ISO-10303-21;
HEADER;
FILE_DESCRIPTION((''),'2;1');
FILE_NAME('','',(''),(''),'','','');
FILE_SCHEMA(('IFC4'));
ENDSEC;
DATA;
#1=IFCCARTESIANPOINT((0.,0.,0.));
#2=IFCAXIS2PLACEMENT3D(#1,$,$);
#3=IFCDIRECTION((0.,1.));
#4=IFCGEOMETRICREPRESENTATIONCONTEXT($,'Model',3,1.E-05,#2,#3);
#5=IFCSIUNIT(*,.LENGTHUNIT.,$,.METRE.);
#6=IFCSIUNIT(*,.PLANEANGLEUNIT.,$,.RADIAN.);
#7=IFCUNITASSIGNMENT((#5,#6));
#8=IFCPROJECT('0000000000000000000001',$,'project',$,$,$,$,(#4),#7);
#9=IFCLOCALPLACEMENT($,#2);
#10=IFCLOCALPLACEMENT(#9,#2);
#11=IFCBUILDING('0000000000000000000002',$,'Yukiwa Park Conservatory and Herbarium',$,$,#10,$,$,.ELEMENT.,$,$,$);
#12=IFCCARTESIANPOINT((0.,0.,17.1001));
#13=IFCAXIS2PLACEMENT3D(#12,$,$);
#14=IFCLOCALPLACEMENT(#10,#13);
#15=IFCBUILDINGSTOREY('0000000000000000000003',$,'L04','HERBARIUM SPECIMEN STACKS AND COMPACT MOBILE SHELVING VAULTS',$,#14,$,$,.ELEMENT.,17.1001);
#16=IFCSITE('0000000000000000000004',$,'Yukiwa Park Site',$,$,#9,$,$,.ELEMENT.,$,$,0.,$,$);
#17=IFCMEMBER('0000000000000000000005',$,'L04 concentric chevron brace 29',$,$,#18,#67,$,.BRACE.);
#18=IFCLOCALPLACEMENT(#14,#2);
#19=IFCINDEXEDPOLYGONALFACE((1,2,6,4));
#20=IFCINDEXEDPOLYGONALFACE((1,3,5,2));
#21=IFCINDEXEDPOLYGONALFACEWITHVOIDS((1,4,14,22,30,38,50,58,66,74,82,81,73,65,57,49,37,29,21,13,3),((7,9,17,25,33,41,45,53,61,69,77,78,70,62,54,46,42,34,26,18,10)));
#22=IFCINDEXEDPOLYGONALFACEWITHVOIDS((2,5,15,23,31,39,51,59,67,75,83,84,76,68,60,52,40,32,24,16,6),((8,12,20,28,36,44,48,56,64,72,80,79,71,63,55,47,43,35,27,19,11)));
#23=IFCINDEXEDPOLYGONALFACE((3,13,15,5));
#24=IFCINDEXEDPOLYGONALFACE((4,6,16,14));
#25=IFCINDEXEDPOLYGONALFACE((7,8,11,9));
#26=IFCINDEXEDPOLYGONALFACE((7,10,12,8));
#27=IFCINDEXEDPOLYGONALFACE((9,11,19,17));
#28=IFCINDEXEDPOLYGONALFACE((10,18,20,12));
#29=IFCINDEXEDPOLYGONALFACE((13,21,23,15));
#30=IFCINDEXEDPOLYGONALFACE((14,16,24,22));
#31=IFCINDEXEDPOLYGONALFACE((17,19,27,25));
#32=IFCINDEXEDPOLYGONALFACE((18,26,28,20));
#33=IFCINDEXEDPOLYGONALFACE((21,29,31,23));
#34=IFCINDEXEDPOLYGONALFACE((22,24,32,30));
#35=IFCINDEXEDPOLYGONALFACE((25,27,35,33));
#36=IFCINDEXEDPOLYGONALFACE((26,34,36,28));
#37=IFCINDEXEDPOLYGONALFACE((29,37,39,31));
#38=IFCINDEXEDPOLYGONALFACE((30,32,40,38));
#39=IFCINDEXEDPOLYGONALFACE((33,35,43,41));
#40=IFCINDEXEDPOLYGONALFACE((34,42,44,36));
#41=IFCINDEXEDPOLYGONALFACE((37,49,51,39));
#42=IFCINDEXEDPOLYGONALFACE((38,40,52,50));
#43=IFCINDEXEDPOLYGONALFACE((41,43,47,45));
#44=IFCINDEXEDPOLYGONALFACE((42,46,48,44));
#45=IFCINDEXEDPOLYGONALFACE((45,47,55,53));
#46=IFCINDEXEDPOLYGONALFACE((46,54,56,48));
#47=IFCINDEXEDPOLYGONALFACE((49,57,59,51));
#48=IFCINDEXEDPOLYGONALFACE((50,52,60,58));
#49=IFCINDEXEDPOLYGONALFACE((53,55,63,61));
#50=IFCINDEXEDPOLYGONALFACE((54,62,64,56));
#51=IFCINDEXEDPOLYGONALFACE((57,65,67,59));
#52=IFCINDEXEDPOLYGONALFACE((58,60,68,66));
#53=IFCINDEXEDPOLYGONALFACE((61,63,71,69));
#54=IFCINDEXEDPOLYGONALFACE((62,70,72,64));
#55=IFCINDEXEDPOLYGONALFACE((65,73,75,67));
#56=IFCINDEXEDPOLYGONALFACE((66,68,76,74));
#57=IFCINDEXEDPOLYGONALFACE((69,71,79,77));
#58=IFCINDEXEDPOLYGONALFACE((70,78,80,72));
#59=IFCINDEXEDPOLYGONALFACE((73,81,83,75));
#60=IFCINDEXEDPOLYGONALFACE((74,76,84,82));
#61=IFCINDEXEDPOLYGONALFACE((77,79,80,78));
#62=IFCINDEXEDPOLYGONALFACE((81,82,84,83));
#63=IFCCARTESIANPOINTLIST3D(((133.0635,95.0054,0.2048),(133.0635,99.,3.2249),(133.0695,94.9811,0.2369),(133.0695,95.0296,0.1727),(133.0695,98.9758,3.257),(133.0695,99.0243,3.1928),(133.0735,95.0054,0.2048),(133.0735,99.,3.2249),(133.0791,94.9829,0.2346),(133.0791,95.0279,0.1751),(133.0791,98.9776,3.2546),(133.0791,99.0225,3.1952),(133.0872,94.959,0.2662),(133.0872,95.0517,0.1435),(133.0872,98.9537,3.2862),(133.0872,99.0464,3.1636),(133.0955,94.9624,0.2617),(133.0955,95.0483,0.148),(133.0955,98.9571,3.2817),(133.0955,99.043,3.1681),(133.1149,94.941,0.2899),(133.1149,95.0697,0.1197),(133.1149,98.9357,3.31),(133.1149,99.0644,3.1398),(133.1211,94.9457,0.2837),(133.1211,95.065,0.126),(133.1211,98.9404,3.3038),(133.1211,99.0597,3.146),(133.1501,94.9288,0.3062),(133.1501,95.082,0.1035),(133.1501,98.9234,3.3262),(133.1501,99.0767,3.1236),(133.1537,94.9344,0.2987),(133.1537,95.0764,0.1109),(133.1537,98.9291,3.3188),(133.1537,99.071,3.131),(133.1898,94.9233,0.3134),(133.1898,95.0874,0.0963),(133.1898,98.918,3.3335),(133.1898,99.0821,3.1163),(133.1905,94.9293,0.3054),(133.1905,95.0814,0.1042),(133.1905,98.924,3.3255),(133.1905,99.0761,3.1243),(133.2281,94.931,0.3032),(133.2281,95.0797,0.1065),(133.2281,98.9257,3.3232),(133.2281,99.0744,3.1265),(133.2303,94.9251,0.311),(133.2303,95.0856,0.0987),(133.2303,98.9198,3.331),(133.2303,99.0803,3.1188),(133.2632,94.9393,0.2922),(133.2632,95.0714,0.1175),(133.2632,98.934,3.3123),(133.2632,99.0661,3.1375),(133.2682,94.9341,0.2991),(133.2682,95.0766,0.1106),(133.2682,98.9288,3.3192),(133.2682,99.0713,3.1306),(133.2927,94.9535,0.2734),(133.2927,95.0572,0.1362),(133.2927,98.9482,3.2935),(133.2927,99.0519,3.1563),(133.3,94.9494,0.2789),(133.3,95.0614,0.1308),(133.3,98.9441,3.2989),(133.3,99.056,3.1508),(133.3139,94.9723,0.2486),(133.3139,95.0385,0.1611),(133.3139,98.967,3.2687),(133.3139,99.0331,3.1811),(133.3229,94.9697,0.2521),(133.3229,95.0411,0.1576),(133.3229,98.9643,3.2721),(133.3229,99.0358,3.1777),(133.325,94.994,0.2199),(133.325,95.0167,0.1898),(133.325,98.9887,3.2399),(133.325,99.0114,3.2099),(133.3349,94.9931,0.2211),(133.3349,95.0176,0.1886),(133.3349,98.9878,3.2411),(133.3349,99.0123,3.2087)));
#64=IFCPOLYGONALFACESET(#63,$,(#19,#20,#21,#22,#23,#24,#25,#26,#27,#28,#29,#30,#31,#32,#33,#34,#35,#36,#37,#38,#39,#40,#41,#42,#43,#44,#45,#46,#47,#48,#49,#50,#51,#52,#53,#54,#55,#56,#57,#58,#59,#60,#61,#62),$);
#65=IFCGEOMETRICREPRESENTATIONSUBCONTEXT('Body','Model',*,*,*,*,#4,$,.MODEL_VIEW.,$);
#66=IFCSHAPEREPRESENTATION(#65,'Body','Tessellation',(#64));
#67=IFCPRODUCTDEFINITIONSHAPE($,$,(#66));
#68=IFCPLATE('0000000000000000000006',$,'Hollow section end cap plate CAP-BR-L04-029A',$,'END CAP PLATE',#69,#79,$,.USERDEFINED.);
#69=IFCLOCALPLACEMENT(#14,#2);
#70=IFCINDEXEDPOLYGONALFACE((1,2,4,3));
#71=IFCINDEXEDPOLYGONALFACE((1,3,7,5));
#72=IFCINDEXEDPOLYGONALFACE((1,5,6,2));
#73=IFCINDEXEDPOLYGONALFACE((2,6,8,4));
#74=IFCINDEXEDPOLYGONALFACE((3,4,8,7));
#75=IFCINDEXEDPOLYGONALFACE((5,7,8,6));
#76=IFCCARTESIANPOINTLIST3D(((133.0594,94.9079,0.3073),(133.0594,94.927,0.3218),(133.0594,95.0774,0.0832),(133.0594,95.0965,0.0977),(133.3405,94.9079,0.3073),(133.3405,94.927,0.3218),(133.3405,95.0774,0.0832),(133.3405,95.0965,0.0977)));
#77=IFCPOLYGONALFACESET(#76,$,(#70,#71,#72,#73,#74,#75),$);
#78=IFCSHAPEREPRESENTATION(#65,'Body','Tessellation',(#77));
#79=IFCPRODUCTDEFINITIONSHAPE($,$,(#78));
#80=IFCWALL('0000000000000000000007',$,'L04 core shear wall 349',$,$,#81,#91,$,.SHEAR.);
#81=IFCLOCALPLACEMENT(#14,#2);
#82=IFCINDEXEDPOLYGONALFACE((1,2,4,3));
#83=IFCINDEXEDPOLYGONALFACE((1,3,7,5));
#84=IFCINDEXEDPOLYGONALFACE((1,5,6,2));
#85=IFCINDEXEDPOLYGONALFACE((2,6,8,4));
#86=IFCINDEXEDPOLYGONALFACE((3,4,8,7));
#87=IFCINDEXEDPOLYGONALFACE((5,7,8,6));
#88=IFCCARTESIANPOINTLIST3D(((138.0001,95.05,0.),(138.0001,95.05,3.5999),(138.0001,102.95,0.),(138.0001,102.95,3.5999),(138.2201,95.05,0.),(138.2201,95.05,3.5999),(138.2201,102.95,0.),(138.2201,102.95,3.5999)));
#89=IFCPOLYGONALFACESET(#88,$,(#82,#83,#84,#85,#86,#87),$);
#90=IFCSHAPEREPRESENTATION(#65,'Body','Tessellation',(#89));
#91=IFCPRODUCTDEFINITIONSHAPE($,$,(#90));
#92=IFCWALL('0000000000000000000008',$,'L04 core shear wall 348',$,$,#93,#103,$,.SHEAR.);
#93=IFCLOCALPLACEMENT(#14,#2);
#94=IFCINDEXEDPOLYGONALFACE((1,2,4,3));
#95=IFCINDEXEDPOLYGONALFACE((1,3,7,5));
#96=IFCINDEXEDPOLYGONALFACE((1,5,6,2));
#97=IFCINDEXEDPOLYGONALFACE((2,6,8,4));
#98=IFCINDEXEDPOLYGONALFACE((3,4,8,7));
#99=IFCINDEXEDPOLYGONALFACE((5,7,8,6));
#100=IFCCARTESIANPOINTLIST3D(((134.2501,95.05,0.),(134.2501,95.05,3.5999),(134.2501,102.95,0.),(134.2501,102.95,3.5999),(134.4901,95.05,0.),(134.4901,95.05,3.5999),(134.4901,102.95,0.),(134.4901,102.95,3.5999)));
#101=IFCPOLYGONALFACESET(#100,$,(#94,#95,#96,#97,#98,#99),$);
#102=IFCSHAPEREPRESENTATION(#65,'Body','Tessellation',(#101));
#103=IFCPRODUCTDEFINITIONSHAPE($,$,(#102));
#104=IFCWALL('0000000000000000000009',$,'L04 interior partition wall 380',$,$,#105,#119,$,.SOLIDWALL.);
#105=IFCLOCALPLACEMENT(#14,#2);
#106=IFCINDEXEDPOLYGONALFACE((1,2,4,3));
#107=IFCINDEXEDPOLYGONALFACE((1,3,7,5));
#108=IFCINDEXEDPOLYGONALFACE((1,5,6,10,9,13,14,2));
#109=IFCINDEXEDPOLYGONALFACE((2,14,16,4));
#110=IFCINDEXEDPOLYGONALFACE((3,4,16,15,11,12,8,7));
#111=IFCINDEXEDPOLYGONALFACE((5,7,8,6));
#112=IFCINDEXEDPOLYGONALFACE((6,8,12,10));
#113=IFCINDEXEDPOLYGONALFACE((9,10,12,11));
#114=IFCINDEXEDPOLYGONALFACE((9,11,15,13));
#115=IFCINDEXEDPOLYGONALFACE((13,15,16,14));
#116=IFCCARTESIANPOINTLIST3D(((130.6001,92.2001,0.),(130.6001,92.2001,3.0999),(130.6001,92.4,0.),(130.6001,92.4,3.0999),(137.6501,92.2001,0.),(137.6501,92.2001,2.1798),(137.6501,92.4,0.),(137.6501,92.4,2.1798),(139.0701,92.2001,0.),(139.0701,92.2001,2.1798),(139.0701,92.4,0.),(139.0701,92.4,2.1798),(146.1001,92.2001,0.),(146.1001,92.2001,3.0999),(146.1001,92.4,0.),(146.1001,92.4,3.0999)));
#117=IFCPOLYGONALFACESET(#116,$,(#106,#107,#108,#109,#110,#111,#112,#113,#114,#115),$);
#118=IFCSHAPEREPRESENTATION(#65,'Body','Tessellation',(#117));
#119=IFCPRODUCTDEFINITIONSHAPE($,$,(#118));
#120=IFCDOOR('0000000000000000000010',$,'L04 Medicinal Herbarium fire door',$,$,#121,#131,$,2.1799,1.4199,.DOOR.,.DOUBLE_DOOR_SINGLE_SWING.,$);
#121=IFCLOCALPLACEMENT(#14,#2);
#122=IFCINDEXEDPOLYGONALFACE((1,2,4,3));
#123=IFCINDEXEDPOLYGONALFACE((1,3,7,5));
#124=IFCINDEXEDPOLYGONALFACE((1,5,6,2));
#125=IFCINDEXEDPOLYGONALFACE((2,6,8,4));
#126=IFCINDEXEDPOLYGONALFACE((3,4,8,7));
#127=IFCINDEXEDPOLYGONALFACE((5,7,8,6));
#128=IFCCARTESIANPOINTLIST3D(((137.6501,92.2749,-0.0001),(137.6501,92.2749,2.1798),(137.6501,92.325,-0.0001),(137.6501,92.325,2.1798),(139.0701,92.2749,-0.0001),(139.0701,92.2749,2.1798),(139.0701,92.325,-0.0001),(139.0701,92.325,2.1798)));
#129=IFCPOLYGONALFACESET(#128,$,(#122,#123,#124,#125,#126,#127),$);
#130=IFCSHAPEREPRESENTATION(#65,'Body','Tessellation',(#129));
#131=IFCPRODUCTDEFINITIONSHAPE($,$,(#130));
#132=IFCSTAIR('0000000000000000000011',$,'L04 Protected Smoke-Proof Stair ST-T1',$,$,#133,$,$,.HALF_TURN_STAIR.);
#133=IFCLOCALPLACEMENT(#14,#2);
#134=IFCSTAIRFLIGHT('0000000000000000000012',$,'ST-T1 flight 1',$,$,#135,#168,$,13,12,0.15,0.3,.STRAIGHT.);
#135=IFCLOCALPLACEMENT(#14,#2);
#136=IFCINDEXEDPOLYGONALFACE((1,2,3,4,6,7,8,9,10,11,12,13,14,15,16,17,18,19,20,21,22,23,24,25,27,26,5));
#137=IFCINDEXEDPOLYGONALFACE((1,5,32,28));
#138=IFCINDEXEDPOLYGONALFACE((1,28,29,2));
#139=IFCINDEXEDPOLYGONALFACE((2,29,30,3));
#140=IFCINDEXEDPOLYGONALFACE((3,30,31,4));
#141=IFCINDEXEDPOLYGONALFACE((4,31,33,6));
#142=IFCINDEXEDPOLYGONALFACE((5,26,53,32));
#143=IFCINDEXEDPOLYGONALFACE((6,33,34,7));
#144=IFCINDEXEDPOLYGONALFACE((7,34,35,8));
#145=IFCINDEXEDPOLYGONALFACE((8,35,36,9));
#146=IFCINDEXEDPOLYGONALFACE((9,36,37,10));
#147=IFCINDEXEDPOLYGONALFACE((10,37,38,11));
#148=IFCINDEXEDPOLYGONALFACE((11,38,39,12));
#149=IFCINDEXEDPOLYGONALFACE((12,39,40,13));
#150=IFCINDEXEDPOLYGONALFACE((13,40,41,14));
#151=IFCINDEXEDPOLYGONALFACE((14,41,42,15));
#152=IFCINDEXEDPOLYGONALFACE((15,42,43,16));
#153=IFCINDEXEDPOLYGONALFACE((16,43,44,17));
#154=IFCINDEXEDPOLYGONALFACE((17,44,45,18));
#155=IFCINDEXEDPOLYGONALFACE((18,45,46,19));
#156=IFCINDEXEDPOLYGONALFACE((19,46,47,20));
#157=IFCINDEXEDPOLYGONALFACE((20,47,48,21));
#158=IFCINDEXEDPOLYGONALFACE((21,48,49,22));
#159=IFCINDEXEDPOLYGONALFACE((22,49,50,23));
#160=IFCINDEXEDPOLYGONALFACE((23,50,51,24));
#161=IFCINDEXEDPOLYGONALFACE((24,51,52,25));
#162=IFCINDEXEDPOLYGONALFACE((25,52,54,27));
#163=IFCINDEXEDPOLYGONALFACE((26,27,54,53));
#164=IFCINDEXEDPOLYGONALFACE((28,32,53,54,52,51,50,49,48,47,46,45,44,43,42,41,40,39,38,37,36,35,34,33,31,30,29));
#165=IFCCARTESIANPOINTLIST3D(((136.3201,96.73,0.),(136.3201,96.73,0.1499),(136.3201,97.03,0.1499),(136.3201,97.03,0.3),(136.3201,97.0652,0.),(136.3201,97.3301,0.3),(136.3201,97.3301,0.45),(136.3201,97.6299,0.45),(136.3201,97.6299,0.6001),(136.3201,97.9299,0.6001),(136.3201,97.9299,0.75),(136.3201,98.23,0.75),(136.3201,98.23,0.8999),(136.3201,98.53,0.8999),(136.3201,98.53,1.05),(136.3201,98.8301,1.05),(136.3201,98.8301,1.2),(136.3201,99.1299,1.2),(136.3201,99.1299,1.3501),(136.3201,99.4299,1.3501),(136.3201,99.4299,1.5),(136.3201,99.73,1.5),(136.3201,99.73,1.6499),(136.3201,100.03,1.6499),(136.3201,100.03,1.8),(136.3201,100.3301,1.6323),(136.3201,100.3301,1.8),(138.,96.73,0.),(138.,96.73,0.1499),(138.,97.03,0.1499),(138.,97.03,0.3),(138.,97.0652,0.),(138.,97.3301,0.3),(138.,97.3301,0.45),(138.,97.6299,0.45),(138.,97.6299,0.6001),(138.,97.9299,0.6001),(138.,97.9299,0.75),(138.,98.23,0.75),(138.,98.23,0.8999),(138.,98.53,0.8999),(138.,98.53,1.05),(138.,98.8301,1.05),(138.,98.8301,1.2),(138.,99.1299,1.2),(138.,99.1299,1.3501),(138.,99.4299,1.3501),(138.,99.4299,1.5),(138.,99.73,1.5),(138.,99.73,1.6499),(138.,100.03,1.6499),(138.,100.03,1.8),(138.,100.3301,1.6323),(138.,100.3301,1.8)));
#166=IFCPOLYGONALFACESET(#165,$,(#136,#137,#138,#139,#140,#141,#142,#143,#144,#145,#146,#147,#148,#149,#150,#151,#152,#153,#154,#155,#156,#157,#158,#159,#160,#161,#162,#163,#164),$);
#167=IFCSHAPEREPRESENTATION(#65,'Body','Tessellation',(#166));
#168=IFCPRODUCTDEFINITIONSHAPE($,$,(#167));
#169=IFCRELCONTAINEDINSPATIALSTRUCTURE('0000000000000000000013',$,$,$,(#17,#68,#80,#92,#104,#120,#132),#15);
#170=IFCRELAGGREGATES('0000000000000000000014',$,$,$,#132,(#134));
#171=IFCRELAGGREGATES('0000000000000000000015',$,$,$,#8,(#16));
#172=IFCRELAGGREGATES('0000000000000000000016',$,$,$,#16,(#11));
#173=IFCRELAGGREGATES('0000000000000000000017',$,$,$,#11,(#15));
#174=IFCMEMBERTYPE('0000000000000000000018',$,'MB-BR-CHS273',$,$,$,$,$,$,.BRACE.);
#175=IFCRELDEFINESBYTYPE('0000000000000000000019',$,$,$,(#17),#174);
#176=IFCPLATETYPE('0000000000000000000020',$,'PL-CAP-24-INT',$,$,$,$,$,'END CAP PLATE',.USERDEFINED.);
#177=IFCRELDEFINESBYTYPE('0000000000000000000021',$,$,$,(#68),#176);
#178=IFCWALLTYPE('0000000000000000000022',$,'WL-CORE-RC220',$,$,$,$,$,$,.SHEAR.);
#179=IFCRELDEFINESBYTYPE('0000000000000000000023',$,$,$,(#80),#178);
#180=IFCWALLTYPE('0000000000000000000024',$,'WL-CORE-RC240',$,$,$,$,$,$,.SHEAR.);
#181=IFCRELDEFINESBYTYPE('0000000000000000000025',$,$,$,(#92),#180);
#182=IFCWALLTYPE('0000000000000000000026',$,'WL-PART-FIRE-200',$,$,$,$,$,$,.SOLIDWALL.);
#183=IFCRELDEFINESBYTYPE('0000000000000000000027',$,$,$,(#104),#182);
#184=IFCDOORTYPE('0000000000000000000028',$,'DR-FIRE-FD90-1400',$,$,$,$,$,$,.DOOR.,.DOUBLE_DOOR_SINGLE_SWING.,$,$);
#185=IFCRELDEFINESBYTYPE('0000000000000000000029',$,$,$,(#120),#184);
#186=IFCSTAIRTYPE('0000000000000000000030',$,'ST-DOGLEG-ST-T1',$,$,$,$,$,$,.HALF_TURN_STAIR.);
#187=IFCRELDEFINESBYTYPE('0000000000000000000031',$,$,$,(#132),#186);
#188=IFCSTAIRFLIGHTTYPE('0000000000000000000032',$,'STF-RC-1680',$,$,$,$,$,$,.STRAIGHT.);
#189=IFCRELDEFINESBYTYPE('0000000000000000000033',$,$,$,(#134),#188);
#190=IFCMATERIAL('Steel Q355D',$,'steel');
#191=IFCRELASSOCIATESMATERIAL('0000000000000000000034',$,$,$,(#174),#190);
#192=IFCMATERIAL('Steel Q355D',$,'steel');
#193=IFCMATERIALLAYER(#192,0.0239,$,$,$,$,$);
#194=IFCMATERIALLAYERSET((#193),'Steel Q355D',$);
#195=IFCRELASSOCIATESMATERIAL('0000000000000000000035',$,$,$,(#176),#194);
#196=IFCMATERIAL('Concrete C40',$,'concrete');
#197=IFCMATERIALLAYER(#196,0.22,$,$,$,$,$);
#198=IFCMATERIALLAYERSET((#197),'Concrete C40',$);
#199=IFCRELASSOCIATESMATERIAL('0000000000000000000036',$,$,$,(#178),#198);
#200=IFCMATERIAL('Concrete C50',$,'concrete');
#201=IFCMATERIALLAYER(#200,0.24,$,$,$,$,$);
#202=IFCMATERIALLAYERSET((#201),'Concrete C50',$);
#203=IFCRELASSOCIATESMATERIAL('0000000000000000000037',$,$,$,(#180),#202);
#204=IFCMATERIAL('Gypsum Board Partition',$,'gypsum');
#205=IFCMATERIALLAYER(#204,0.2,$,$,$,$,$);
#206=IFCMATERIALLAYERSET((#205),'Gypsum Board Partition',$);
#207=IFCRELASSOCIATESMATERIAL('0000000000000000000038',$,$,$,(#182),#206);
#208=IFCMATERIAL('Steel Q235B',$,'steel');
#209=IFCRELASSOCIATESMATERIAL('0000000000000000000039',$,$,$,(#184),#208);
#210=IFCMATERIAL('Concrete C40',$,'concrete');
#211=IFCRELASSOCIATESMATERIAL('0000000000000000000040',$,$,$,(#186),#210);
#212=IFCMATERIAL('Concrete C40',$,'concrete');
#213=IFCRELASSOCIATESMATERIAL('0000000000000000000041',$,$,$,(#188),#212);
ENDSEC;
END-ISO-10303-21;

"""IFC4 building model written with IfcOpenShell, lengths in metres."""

from ifc_helpers import new_model, si_unit, direction, frame, frame_2d, origin, origin_2d, place, context, subcontext, project, spatial, polyline, rectangle, hollow_circle, outline, extrude, material, layer, layer_set, material_profile, profile_set, type_object, element, fill, aggregate, save


model = new_model("IFC4")

# Units and contexts
model_context = context("Model", 3, precision=1e-05, world=origin(), true_north=direction((0.0, 1.0)))
body_context = subcontext(model_context, "Body", "Model", "MODEL_VIEW")
ifc_project = project(units=[si_unit("LENGTHUNIT", "METRE"), si_unit("PLANEANGLEUNIT", "RADIAN")], contexts=[model_context])

# Site, building, storey
site_placement = place(None, origin())
site = spatial("IfcSite", under=ifc_project, at=site_placement, Name="Yukiwa Park Site", CompositionType="ELEMENT", RefElevation=0.0)
building_placement = place(site_placement, origin())
building = spatial("IfcBuilding", under=site, at=building_placement, Name="Yukiwa Park Conservatory and Herbarium", CompositionType="ELEMENT")
storey_placement = place(building_placement, frame((0.0, 0.0, 17.1001)))
storey = spatial("IfcBuildingStorey", under=building, at=storey_placement, Name="L04", Description="HERBARIUM SPECIMEN STACKS AND COMPACT MOBILE SHELVING VAULTS", CompositionType="ELEMENT", Elevation=17.1001)

# Member
ifc_material_1 = material(Name="Steel Q355D", Category="steel")
ifc_material_profile_1 = material_profile(ifc_material_1, hollow_circle(Radius=0.1365, WallThickness=0.01, at=origin_2d()), Name="CHS 273x10")
ifc_profile_set_1 = profile_set([ifc_material_profile_1], Name="Steel Q355D")
member_type = type_object("IfcMemberType", Name="MB-BR-CHS273", PredefinedType="BRACE", material=ifc_profile_set_1)
member_placement = place(storey_placement, frame((133.2, 95.0054, 0.2048), z_axis=(0.0, 0.797689, 0.603069), x_axis=(-1.0, 0.0, 0.0)))
element("IfcMember", 1, at=member_placement, inside=storey, type_object=member_type, Name="L04 concentric chevron brace 29", PredefinedType="BRACE", context=body_context, shape_type="SweptSolid", body=[
    extrude(hollow_circle(Radius=0.1365, WallThickness=0.01, at=origin_2d()), origin(), (0.0, 0.0, 1.0), 5.0078),
])

# Plate
ifc_material_2 = material(Name="Steel Q355D", Category="steel")
ifc_layer_1 = layer(ifc_material_2, 0.0239)
ifc_layer_set_1 = layer_set([ifc_layer_1], Name="Steel Q355D")
plate_type = type_object("IfcPlateType", Name="PL-CAP-24-INT", ElementType="END CAP PLATE", PredefinedType="USERDEFINED", material=ifc_layer_set_1)
plate_placement = place(storey_placement, frame((133.2, 95.0117, 0.2097), z_axis=(0.0, -0.797539, -0.603267), x_axis=(1.0, 0.0, 0.0)))
element("IfcPlate", 2, at=plate_placement, inside=storey, type_object=plate_type, Name="Hollow section end cap plate CAP-BR-L04-029A", ObjectType="END CAP PLATE", PredefinedType="USERDEFINED", context=body_context, shape_type="SweptSolid", body=[
    extrude(rectangle(XDim=0.281, YDim=0.281, at=origin_2d()), origin(), (0.0, 0.0, 1.0), 0.0239),
])

# Wall
ifc_material_3 = material(Name="Concrete C40", Category="concrete")
ifc_layer_2 = layer(ifc_material_3, 0.22)
ifc_layer_set_2 = layer_set([ifc_layer_2], Name="Concrete C40")
wall_type_1 = type_object("IfcWallType", Name="WL-CORE-RC220", PredefinedType="SHEAR", material=ifc_layer_set_2)
wall_1_placement = place(storey_placement, frame((138.1101, 95.05, 0.0), z_axis=(0.0, 0.0, 1.0), x_axis=(0.0, 1.0, 0.0)))
element("IfcWall", 3, at=wall_1_placement, inside=storey, type_object=wall_type_1, Name="L04 core shear wall 349", PredefinedType="SHEAR", context=body_context, shape_type="SweptSolid", body=[
    extrude(rectangle(XDim=7.8999, YDim=0.22, at=frame_2d((3.95, 0.0))), origin(), (0.0, 0.0, 1.0), 3.5999),
])

# Shared definitions
ifc_material_4 = material(Name="Concrete C50", Category="concrete")
ifc_layer_3 = layer(ifc_material_4, 0.24)
ifc_layer_set_3 = layer_set([ifc_layer_3], Name="Concrete C50")
wall_type_2 = type_object("IfcWallType", Name="WL-CORE-RC240", PredefinedType="SHEAR", material=ifc_layer_set_3)

# Wall
wall_2_placement = place(storey_placement, frame((134.3701, 95.05, 0.0), z_axis=(0.0, 0.0, 1.0), x_axis=(0.0, 1.0, 0.0)))
element("IfcWall", 4, at=wall_2_placement, inside=storey, type_object=wall_type_2, Name="L04 core shear wall 348", PredefinedType="SHEAR", context=body_context, shape_type="SweptSolid", body=[
    extrude(rectangle(XDim=7.8999, YDim=0.24, at=frame_2d((3.95, 0.0))), origin(), (0.0, 0.0, 1.0), 3.5999),
])

# Wall, opening, door
ifc_material_5 = material(Name="Gypsum Board Partition", Category="gypsum")
ifc_layer_4 = layer(ifc_material_5, 0.2)
ifc_layer_set_4 = layer_set([ifc_layer_4], Name="Gypsum Board Partition")
wall_type_3 = type_object("IfcWallType", Name="WL-PART-FIRE-200", PredefinedType="SOLIDWALL", material=ifc_layer_set_4)
wall_3_placement = place(storey_placement, frame((130.6001, 92.3, 0.0), z_axis=(0.0, 0.0, 1.0), x_axis=(1.0, 0.0, 0.0)))
wall_3 = element("IfcWall", 5, at=wall_3_placement, inside=storey, type_object=wall_type_3, Name="L04 interior partition wall 380", PredefinedType="SOLIDWALL", context=body_context, shape_type="SweptSolid", body=[
    extrude(rectangle(XDim=15.5, YDim=0.2, at=frame_2d((7.75, 0.0))), origin(), (0.0, 0.0, 1.0), 3.0999),
])
opening_1_placement = place(wall_3_placement, frame((7.05, 0.0, 0.0)))
opening_1 = element("IfcOpeningElement", 6, at=opening_1_placement, cuts=wall_3, PredefinedType="OPENING", context=body_context, shape_type="SweptSolid", body=[
    extrude(rectangle(XDim=1.4199, YDim=2.1799, at=frame_2d((0.71, 1.0898))), frame((0.0, 0.1099, 0.0), z_axis=(0.0, -1.0, 0.0), x_axis=(1.0, 0.0, 0.0)), (0.0, 0.0, 1.0), 0.22),
])
ifc_material_6 = material(Name="Steel Q235B", Category="steel")
door_type_1 = type_object("IfcDoorType", Name="DR-FIRE-FD90-1400", OperationType="DOUBLE_DOOR_SINGLE_SWING", PredefinedType="DOOR", material=ifc_material_6)
door_1_placement = place(opening_1_placement, origin())
door_1 = element("IfcDoor", 7, at=door_1_placement, inside=storey, type_object=door_type_1, Name="L04 Medicinal Herbarium fire door", OperationType="DOUBLE_DOOR_SINGLE_SWING", OverallHeight=2.1799, OverallWidth=1.4199, PredefinedType="DOOR", context=body_context, shape_type="SweptSolid", body=[
    extrude(rectangle(XDim=1.4199, YDim=2.1799, at=frame_2d((0.71, 1.0898))), frame((0.0, 0.0249, 0.0), z_axis=(0.0, -1.0, 0.0), x_axis=(1.0, 0.0, 0.0)), (0.0, 0.0, 1.0), 0.05),
])
fill(opening_1, door_1)

# Stair, stair flight
ifc_material_7 = material(Name="Concrete C40", Category="concrete")
stair_type = type_object("IfcStairType", Name="ST-DOGLEG-ST-T1", PredefinedType="HALF_TURN_STAIR", material=ifc_material_7)
stair_placement = place(storey_placement, origin())
stair = element("IfcStair", 8, at=stair_placement, inside=storey, type_object=stair_type, Name="L04 Protected Smoke-Proof Stair ST-T1", PredefinedType="HALF_TURN_STAIR")
ifc_material_8 = material(Name="Concrete C40", Category="concrete")
stair_flight_type = type_object("IfcStairFlightType", Name="STF-RC-1680", PredefinedType="STRAIGHT", material=ifc_material_8)
stair_flight_placement = place(storey_placement, frame((137.1599, 96.73, 0.0), z_axis=(0.0, 0.0, 1.0), x_axis=(0.0, 1.0, 0.0)))
stair_flight = element("IfcStairFlight", 9, at=stair_flight_placement, type_object=stair_flight_type, Name="ST-T1 flight 1", NumberOfRisers=13, NumberOfTreads=12, PredefinedType="STRAIGHT", RiserHeight=0.15, TreadLength=0.3, context=body_context, shape_type="SweptSolid", body=[
    extrude(outline(polyline([(0.0, 0.0), (0.0, 0.1499), (0.3, 0.1499), (0.3, 0.3), (0.6001, 0.3), (0.6001, 0.45), (0.8999, 0.45), (0.8999, 0.6001), (1.2, 0.6001), (1.2, 0.75), (1.5, 0.75), (1.5, 0.8999), (1.8, 0.8999), (1.8, 1.05), (2.1001, 1.05), (2.1001, 1.2), (2.3999, 1.2), (2.3999, 1.3501), (2.7, 1.3501), (2.7, 1.5), (3.0, 1.5), (3.0, 1.6499), (3.3, 1.6499), (3.3, 1.8), (3.6001, 1.8), (3.6001, 1.95), (3.6001, 1.6323), (0.3352, 0.0), (0.0, 0.0)])), frame((0.0, 0.8398, 0.0), z_axis=(0.0, -1.0, 0.0), x_axis=(1.0, 0.0, 0.0)), (0.0, 0.0, 1.0), 1.6799),
])
aggregate(stair, [stair_flight])

save(model, "model.ifc")
